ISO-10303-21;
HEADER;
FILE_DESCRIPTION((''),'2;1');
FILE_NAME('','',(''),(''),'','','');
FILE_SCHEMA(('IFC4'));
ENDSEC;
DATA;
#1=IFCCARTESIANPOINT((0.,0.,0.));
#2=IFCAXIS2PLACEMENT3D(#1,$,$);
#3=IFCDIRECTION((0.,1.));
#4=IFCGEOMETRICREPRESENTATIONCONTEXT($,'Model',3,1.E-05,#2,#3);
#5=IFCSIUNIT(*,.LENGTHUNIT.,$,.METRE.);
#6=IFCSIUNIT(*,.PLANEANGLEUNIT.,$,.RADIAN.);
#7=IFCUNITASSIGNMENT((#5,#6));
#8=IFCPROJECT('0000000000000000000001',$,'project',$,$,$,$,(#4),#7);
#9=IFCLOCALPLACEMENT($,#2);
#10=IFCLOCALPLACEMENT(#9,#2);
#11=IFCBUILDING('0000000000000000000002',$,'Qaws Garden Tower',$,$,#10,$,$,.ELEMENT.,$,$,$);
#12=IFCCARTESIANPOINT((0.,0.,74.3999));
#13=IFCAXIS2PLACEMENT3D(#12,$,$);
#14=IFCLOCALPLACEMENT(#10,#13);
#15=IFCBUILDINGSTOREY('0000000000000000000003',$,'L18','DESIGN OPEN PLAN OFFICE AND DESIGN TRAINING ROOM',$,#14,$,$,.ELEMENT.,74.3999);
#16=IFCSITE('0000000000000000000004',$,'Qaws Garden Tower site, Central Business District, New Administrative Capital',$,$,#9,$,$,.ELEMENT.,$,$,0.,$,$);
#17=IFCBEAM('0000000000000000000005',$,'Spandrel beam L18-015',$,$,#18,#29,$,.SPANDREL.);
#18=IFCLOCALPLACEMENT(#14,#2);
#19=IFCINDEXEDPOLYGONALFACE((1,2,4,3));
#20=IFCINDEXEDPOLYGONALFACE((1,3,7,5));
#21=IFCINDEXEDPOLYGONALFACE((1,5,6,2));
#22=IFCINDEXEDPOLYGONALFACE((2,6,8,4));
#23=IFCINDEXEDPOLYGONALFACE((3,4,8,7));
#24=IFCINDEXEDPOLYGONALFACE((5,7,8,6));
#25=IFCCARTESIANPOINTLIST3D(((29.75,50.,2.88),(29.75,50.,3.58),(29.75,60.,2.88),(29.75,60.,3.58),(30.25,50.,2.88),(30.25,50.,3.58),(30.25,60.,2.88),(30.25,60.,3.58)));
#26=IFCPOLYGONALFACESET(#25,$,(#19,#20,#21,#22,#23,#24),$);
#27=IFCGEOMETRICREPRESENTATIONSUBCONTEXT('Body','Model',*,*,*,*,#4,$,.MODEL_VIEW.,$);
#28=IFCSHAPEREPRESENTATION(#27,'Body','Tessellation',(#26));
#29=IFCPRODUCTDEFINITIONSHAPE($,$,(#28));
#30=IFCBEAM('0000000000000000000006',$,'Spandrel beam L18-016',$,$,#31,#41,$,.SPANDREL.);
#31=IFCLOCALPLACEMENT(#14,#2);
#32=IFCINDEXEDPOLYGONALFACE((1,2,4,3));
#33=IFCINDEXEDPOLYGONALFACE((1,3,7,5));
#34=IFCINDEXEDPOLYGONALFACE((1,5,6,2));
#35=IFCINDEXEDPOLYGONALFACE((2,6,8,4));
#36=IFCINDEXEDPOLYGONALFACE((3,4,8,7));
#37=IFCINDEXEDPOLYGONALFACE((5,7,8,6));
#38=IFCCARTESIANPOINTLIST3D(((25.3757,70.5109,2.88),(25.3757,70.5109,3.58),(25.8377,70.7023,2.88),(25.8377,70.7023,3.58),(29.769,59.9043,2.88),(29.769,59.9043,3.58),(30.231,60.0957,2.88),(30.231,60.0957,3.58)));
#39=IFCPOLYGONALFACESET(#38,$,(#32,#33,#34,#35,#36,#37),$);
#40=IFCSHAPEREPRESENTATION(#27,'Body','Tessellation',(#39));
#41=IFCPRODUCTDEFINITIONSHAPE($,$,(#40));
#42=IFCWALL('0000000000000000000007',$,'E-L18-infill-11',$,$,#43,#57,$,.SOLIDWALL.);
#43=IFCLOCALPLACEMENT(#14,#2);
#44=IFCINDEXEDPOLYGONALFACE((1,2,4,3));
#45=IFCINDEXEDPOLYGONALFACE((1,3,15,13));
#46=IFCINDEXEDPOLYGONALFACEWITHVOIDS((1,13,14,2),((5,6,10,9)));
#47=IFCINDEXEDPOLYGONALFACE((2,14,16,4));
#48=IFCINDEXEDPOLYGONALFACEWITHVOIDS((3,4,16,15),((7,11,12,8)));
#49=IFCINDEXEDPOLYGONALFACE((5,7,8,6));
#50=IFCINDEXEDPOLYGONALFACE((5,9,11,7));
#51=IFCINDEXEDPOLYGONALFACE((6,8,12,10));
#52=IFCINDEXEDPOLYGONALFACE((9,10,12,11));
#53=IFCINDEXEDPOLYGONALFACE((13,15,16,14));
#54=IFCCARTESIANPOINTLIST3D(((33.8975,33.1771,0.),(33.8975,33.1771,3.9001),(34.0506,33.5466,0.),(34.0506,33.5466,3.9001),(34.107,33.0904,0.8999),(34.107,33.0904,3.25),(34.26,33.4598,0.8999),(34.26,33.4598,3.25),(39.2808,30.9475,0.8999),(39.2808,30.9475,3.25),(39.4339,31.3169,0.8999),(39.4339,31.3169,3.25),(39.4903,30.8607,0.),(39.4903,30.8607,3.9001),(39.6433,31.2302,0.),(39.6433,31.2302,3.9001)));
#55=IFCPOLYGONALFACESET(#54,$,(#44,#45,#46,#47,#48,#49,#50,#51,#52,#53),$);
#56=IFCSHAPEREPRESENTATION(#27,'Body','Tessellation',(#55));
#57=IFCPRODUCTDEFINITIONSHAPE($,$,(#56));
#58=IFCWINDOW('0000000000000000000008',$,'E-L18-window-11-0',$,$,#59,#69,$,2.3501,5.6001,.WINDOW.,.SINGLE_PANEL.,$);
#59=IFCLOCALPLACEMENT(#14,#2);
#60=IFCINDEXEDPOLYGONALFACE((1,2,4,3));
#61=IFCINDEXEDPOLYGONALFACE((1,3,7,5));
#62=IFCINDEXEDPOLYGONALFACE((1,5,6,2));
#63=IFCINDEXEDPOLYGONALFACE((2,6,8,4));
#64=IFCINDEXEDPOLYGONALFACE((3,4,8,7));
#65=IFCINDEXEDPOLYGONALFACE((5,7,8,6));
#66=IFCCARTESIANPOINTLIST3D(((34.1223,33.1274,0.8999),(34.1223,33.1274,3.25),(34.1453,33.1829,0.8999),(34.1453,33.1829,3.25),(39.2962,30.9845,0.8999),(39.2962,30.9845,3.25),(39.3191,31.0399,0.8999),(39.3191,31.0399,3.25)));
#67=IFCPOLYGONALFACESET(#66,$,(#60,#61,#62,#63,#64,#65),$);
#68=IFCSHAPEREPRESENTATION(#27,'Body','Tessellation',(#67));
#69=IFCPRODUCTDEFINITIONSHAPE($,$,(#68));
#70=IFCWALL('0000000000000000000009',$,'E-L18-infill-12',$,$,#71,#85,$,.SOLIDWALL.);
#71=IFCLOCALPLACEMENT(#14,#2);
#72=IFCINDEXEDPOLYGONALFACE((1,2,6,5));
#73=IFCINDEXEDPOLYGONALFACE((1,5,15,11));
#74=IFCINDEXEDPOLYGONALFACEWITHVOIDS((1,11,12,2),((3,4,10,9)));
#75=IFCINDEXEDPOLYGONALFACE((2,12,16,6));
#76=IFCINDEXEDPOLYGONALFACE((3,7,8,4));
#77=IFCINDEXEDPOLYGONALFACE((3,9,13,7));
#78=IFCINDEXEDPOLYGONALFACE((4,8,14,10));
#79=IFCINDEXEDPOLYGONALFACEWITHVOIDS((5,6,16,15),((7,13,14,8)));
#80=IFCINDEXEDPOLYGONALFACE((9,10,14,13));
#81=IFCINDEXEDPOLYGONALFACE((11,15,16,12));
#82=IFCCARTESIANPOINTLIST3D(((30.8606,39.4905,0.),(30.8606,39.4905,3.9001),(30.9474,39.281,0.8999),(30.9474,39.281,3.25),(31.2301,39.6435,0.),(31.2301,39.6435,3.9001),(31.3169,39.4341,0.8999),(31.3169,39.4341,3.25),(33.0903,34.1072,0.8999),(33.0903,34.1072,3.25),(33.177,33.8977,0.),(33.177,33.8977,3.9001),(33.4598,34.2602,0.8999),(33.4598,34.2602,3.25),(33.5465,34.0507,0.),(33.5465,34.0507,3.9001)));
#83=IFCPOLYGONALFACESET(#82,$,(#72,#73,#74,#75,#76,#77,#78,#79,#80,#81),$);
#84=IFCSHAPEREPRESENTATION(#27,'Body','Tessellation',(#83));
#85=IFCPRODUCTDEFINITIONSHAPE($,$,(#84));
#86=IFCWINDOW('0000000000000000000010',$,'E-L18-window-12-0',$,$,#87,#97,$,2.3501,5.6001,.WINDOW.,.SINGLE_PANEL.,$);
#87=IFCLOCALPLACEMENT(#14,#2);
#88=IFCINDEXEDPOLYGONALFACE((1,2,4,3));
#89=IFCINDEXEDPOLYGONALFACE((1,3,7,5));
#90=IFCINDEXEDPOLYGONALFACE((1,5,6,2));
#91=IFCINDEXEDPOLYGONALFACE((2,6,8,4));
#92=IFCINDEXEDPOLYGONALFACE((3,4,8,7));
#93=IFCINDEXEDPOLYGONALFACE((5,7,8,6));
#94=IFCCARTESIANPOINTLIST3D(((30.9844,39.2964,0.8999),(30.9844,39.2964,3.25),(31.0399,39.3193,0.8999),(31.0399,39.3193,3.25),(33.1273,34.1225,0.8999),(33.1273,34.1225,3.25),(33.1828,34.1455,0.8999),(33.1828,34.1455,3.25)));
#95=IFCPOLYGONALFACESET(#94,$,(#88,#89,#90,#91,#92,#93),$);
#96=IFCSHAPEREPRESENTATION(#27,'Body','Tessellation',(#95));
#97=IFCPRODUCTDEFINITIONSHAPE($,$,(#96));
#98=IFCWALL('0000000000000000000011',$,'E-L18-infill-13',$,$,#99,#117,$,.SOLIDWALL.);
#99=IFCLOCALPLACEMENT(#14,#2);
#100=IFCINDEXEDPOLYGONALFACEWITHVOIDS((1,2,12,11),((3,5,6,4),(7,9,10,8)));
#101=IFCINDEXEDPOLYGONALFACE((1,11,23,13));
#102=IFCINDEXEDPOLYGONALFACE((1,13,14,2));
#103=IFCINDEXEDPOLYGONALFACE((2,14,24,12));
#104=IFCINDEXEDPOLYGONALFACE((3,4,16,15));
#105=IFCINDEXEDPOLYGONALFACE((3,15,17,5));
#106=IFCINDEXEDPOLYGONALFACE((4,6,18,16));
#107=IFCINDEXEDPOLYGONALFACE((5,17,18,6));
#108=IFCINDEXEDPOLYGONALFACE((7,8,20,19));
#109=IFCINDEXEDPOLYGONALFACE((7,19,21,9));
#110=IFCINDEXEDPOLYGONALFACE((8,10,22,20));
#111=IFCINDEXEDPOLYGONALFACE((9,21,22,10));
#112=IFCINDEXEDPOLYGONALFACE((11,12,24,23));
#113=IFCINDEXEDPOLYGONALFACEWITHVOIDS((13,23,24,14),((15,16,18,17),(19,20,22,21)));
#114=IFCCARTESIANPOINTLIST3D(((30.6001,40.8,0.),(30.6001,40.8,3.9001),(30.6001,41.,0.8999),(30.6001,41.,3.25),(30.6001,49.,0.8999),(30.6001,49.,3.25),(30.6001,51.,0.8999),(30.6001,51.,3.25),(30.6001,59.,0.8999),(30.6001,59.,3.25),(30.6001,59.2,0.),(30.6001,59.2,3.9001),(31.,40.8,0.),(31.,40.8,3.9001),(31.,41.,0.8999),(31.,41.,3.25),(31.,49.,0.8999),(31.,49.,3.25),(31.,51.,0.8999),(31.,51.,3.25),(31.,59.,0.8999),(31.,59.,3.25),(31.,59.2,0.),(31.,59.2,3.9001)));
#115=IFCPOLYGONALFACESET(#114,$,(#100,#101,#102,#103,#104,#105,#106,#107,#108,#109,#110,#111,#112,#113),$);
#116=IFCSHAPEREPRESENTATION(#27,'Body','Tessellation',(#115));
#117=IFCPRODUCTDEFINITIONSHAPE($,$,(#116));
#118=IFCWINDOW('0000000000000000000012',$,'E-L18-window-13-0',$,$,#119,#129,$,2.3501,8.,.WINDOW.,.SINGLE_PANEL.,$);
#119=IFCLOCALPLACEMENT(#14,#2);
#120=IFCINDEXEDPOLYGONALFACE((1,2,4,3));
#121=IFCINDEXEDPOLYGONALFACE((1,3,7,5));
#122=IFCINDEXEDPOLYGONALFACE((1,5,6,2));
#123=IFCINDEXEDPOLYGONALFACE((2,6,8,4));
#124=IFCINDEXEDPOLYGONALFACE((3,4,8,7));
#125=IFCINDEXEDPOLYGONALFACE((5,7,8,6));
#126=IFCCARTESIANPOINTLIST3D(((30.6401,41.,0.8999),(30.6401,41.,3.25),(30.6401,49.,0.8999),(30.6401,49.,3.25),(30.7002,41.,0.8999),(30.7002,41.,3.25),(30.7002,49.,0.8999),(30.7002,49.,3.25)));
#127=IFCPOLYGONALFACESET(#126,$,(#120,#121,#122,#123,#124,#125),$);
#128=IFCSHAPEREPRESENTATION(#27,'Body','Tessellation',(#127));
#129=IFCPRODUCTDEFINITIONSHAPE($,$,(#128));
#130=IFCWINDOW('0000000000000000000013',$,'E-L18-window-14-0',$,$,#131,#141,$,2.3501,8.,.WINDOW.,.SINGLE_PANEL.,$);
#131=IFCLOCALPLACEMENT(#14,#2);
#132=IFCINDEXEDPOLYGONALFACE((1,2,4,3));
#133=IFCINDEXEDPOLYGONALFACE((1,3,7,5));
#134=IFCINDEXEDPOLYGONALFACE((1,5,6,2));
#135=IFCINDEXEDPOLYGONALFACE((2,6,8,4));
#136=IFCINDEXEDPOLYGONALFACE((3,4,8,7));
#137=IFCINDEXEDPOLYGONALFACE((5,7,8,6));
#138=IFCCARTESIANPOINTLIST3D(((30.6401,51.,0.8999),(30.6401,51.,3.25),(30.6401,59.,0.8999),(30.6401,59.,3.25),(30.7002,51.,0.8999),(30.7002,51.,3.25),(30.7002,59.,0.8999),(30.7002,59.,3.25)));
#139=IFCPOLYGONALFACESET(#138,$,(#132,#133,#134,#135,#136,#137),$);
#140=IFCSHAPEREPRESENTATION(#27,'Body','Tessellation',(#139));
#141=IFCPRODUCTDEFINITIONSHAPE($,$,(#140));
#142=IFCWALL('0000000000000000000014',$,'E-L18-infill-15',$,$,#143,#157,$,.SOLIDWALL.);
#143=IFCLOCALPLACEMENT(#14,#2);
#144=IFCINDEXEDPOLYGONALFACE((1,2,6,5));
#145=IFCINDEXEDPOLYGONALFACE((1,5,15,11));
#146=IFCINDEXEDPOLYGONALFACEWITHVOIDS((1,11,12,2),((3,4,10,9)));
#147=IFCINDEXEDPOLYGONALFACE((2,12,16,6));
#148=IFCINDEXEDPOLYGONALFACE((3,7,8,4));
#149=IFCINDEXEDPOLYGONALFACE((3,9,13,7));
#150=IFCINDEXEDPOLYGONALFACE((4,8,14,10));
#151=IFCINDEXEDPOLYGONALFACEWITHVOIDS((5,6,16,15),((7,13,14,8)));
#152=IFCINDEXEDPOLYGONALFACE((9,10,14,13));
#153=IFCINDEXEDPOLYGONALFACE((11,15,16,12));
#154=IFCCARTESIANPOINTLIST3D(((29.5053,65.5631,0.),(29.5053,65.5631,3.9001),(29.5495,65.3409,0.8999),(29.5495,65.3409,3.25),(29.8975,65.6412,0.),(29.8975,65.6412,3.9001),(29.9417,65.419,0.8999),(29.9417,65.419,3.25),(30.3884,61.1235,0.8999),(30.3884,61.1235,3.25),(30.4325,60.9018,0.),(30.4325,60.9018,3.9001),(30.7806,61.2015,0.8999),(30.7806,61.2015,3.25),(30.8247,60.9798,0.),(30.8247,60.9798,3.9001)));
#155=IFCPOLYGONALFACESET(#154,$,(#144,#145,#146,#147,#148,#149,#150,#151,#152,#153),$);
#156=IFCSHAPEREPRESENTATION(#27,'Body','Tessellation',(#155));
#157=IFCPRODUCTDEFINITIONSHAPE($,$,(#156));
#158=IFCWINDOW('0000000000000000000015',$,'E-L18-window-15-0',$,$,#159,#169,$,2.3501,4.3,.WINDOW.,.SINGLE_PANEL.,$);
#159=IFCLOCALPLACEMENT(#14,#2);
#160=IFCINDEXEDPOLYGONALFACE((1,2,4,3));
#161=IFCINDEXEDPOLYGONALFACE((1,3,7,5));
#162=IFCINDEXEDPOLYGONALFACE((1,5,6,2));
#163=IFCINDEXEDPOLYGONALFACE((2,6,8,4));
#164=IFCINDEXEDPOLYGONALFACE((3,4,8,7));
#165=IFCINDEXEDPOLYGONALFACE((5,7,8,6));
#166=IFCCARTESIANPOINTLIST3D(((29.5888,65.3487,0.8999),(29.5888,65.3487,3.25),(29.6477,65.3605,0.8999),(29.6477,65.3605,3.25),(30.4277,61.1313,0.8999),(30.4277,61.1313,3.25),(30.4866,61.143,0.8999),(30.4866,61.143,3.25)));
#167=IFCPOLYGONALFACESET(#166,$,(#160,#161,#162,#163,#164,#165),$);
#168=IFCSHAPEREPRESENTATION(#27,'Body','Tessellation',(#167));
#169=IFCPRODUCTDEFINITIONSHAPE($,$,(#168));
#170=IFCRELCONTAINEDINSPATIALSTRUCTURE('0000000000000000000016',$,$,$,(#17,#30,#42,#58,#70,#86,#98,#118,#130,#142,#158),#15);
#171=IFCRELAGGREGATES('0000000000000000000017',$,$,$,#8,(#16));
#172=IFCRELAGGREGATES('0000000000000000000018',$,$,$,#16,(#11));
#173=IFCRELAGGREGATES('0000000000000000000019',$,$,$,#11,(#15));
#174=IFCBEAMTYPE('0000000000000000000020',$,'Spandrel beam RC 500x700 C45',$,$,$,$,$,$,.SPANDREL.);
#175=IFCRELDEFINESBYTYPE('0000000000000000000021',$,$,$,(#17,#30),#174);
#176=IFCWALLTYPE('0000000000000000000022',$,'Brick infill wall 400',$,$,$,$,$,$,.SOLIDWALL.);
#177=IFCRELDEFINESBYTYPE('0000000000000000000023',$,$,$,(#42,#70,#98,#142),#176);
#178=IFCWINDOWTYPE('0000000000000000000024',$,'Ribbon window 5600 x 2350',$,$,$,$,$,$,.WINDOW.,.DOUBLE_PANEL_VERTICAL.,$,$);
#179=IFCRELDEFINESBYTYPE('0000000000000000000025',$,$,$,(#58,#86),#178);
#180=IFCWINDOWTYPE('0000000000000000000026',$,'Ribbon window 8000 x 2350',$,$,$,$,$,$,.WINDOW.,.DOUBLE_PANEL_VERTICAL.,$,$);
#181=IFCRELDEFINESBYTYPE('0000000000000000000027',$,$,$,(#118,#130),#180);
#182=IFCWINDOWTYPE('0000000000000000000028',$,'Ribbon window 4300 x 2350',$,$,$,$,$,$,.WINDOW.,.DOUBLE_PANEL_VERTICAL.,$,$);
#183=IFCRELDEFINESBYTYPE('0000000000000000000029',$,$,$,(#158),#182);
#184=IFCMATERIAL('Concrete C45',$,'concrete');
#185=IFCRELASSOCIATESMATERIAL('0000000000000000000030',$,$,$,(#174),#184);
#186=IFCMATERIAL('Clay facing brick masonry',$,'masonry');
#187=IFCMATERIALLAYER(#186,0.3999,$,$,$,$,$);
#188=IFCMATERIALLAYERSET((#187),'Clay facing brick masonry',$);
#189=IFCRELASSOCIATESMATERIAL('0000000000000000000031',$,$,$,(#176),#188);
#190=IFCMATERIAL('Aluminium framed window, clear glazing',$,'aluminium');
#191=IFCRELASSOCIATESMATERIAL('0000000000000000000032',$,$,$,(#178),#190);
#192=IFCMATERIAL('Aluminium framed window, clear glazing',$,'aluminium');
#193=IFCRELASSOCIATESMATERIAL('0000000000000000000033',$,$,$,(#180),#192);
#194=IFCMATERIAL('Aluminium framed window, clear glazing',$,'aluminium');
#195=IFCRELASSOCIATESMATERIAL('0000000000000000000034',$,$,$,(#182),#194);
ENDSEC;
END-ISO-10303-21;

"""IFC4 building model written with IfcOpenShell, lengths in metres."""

from ifc_helpers import new_model, si_unit, direction, frame, frame_2d, origin, origin_2d, place, context, subcontext, project, spatial, rectangle, extrude, material, layer, layer_set, material_profile, profile_set, type_object, element, fill, save


model = new_model("IFC4")

# Units and contexts
model_context = context("Model", 3, precision=1e-05, world=origin(), true_north=direction((0.0, 1.0)))
body_context = subcontext(model_context, "Body", "Model", "MODEL_VIEW")
ifc_project = project(units=[si_unit("LENGTHUNIT", "METRE"), si_unit("PLANEANGLEUNIT", "RADIAN")], contexts=[model_context])

# Site, building, storey
site_placement = place(None, origin())
site = spatial("IfcSite", under=ifc_project, at=site_placement, Name="Qaws Garden Tower site, Central Business District, New Administrative Capital", CompositionType="ELEMENT", RefElevation=0.0)
building_placement = place(site_placement, origin())
building = spatial("IfcBuilding", under=site, at=building_placement, Name="Qaws Garden Tower", CompositionType="ELEMENT")
storey_placement = place(building_placement, frame((0.0, 0.0, 74.3999)))
storey = spatial("IfcBuildingStorey", under=building, at=storey_placement, Name="L18", Description="DESIGN OPEN PLAN OFFICE AND DESIGN TRAINING ROOM", CompositionType="ELEMENT", Elevation=74.3999)

# Beams
ifc_material_1 = material(Name="Concrete C45", Category="concrete")
ifc_material_profile_1 = material_profile(ifc_material_1, rectangle(XDim=0.5, YDim=0.7, at=origin_2d()), Name="RC 500x700")
ifc_profile_set_1 = profile_set([ifc_material_profile_1], Name="Concrete C45")
beam_type = type_object("IfcBeamType", Name="Spandrel beam RC 500x700 C45", PredefinedType="SPANDREL", material=ifc_profile_set_1)
beam_1_placement = place(storey_placement, frame((30.0, 50.0, 3.23), z_axis=(0.0, 1.0, 0.0), x_axis=(-1.0, 0.0, 0.0)))
element("IfcBeam", 1, at=beam_1_placement, inside=storey, type_object=beam_type, Name="Spandrel beam L18-015", PredefinedType="SPANDREL", context=body_context, shape_type="SweptSolid", body=[
    extrude(rectangle(XDim=0.5, YDim=0.7, at=origin_2d()), origin(), (0.0, 0.0, 1.0), 10.0),
])
beam_2_placement = place(storey_placement, frame((30.0, 60.0, 3.23), z_axis=(-0.382674, 0.923883, 0.0), x_axis=(-0.923883, -0.382674, 0.0)))
element("IfcBeam", 2, at=beam_2_placement, inside=storey, type_object=beam_type, Name="Spandrel beam L18-016", PredefinedType="SPANDREL", context=body_context, shape_type="SweptSolid", body=[
    extrude(rectangle(XDim=0.5, YDim=0.7, at=origin_2d()), origin(), (0.0, 0.0, 1.0), 11.4805),
])

# Walls, openings, windows
ifc_material_2 = material(Name="Clay facing brick masonry", Category="masonry")
ifc_layer_1 = layer(ifc_material_2, 0.3999)
ifc_layer_set_1 = layer_set([ifc_layer_1], Name="Clay facing brick masonry")
wall_type_1 = type_object("IfcWallType", Name="Brick infill wall 400", PredefinedType="SOLIDWALL", material=ifc_layer_set_1)
wall_1_placement = place(storey_placement, frame((39.5669, 31.0454, 0.0), z_axis=(0.0, 0.0, 1.0), x_axis=(-0.923891, 0.382656, 0.0)))
wall_1 = element("IfcWall", 3, at=wall_1_placement, inside=storey, type_object=wall_type_1, Name="E-L18-infill-11", PredefinedType="SOLIDWALL", context=body_context, shape_type="SweptSolid", body=[
    extrude(rectangle(XDim=6.0535, YDim=0.3999, at=frame_2d((3.0269, 0.0))), origin(), (0.0, 0.0, 1.0), 3.9001),
])
opening_1_placement = place(wall_1_placement, frame((0.2268, 0.0, 0.8999)))
opening_1 = element("IfcOpeningElement", 4, at=opening_1_placement, cuts=wall_1, PredefinedType="OPENING", context=body_context, shape_type="SweptSolid", body=[
    extrude(rectangle(XDim=5.6001, YDim=2.3501, at=frame_2d((2.8, 1.175))), frame((0.0, 0.21, 0.0), z_axis=(0.0, -1.0, 0.0), x_axis=(1.0, 0.0, 0.0)), (0.0, 0.0, 1.0), 0.4199),
])
ifc_material_3 = material(Name="Aluminium framed window, clear glazing", Category="aluminium")
window_type_1 = type_object("IfcWindowType", Name="Ribbon window 5600 x 2350", PartitioningType="DOUBLE_PANEL_VERTICAL", PredefinedType="WINDOW", material=ifc_material_3)
window_1_placement = place(opening_1_placement, origin())
window_1 = element("IfcWindow", 5, at=window_1_placement, inside=storey, type_object=window_type_1, Name="E-L18-window-11-0", OverallHeight=2.3501, OverallWidth=5.6001, PartitioningType="SINGLE_PANEL", PredefinedType="WINDOW", context=body_context, shape_type="SweptSolid", body=[
    extrude(rectangle(XDim=5.6001, YDim=2.3501, at=frame_2d((2.8, 1.175))), frame((0.0, 0.1599, 0.0), z_axis=(0.0, -1.0, 0.0), x_axis=(1.0, 0.0, 0.0)), (0.0, 0.0, 1.0), 0.0601),
])
fill(opening_1, window_1)
wall_2_placement = place(storey_placement, frame((33.3618, 33.9741, 0.0), z_axis=(0.0, 0.0, 1.0), x_axis=(-0.382656, 0.923891, 0.0)))
wall_2 = element("IfcWall", 6, at=wall_2_placement, inside=storey, type_object=wall_type_1, Name="E-L18-infill-12", PredefinedType="SOLIDWALL", context=body_context, shape_type="SweptSolid", body=[
    extrude(rectangle(XDim=6.0535, YDim=0.3999, at=frame_2d((3.0269, 0.0))), origin(), (0.0, 0.0, 1.0), 3.9001),
])
opening_2_placement = place(wall_2_placement, frame((0.2268, 0.0, 0.8999)))
opening_2 = element("IfcOpeningElement", 7, at=opening_2_placement, cuts=wall_2, PredefinedType="OPENING", context=body_context, shape_type="SweptSolid", body=[
    extrude(rectangle(XDim=5.6001, YDim=2.3501, at=frame_2d((2.8, 1.175))), frame((0.0, 0.21, 0.0), z_axis=(0.0, -1.0, 0.0), x_axis=(1.0, 0.0, 0.0)), (0.0, 0.0, 1.0), 0.4199),
])
window_2_placement = place(opening_2_placement, origin())
window_2 = element("IfcWindow", 8, at=window_2_placement, inside=storey, type_object=window_type_1, Name="E-L18-window-12-0", OverallHeight=2.3501, OverallWidth=5.6001, PartitioningType="SINGLE_PANEL", PredefinedType="WINDOW", context=body_context, shape_type="SweptSolid", body=[
    extrude(rectangle(XDim=5.6001, YDim=2.3501, at=frame_2d((2.8, 1.175))), frame((0.0, 0.1599, 0.0), z_axis=(0.0, -1.0, 0.0), x_axis=(1.0, 0.0, 0.0)), (0.0, 0.0, 1.0), 0.0601),
])
fill(opening_2, window_2)

# Wall, openings, windows
wall_3_placement = place(storey_placement, frame((30.8, 40.8, 0.0), z_axis=(0.0, 0.0, 1.0), x_axis=(0.0, 1.0, 0.0)))
wall_3 = element("IfcWall", 9, at=wall_3_placement, inside=storey, type_object=wall_type_1, Name="E-L18-infill-13", PredefinedType="SOLIDWALL", context=body_context, shape_type="SweptSolid", body=[
    extrude(rectangle(XDim=18.3999, YDim=0.3999, at=frame_2d((9.2, 0.0))), origin(), (0.0, 0.0, 1.0), 3.9001),
])
opening_3_placement = place(wall_3_placement, frame((0.2, 0.0, 0.8999)))
opening_3 = element("IfcOpeningElement", 10, at=opening_3_placement, cuts=wall_3, PredefinedType="OPENING", context=body_context, shape_type="SweptSolid", body=[
    extrude(rectangle(XDim=8.0, YDim=2.3501, at=frame_2d((4.0, 1.175))), frame((0.0, 0.21, 0.0), z_axis=(0.0, -1.0, 0.0), x_axis=(1.0, 0.0, 0.0)), (0.0, 0.0, 1.0), 0.4199),
])
opening_4_placement = place(wall_3_placement, frame((10.2, 0.0, 0.8999)))
opening_4 = element("IfcOpeningElement", 11, at=opening_4_placement, cuts=wall_3, PredefinedType="OPENING", context=body_context, shape_type="SweptSolid", body=[
    extrude(rectangle(XDim=8.0, YDim=2.3501, at=frame_2d((4.0, 1.175))), frame((0.0, 0.21, 0.0), z_axis=(0.0, -1.0, 0.0), x_axis=(1.0, 0.0, 0.0)), (0.0, 0.0, 1.0), 0.4199),
])
ifc_material_4 = material(Name="Aluminium framed window, clear glazing", Category="aluminium")
window_type_2 = type_object("IfcWindowType", Name="Ribbon window 8000 x 2350", PartitioningType="DOUBLE_PANEL_VERTICAL", PredefinedType="WINDOW", material=ifc_material_4)
window_3_placement = place(opening_3_placement, origin())
window_3 = element("IfcWindow", 12, at=window_3_placement, inside=storey, type_object=window_type_2, Name="E-L18-window-13-0", OverallHeight=2.3501, OverallWidth=8.0, PartitioningType="SINGLE_PANEL", PredefinedType="WINDOW", context=body_context, shape_type="SweptSolid", body=[
    extrude(rectangle(XDim=8.0, YDim=2.3501, at=frame_2d((4.0, 1.175))), frame((0.0, 0.1599, 0.0), z_axis=(0.0, -1.0, 0.0), x_axis=(1.0, 0.0, 0.0)), (0.0, 0.0, 1.0), 0.0601),
])
fill(opening_3, window_3)
window_4_placement = place(opening_4_placement, origin())
window_4 = element("IfcWindow", 13, at=window_4_placement, inside=storey, type_object=window_type_2, Name="E-L18-window-14-0", OverallHeight=2.3501, OverallWidth=8.0, PartitioningType="SINGLE_PANEL", PredefinedType="WINDOW", context=body_context, shape_type="SweptSolid", body=[
    extrude(rectangle(XDim=8.0, YDim=2.3501, at=frame_2d((4.0, 1.175))), frame((0.0, 0.1599, 0.0), z_axis=(0.0, -1.0, 0.0), x_axis=(1.0, 0.0, 0.0)), (0.0, 0.0, 1.0), 0.0601),
])
fill(opening_4, window_4)

# Wall, opening, window
wall_4_placement = place(storey_placement, frame((30.6287, 60.9407, 0.0), z_axis=(0.0, 0.0, 1.0), x_axis=(-0.195099, 0.980784, 0.0)))
wall_4 = element("IfcWall", 14, at=wall_4_placement, inside=storey, type_object=wall_type_1, Name="E-L18-infill-15", PredefinedType="SOLIDWALL", context=body_context, shape_type="SweptSolid", body=[
    extrude(rectangle(XDim=4.7527, YDim=0.3999, at=frame_2d((2.3765, 0.0))), origin(), (0.0, 0.0, 1.0), 3.9001),
])
opening_5_placement = place(wall_4_placement, frame((0.2263, 0.0, 0.8999)))
opening_5 = element("IfcOpeningElement", 15, at=opening_5_placement, cuts=wall_4, PredefinedType="OPENING", context=body_context, shape_type="SweptSolid", body=[
    extrude(rectangle(XDim=4.3, YDim=2.3501, at=frame_2d((2.1499, 1.175))), frame((0.0, 0.21, 0.0), z_axis=(0.0, -1.0, 0.0), x_axis=(1.0, 0.0, 0.0)), (0.0, 0.0, 1.0), 0.4199),
])
ifc_material_5 = material(Name="Aluminium framed window, clear glazing", Category="aluminium")
window_type_3 = type_object("IfcWindowType", Name="Ribbon window 4300 x 2350", PartitioningType="DOUBLE_PANEL_VERTICAL", PredefinedType="WINDOW", material=ifc_material_5)
window_5_placement = place(opening_5_placement, origin())
window_5 = element("IfcWindow", 16, at=window_5_placement, inside=storey, type_object=window_type_3, Name="E-L18-window-15-0", OverallHeight=2.3501, OverallWidth=4.3, PartitioningType="SINGLE_PANEL", PredefinedType="WINDOW", context=body_context, shape_type="SweptSolid", body=[
    extrude(rectangle(XDim=4.3, YDim=2.3501, at=frame_2d((2.1499, 1.175))), frame((0.0, 0.1599, 0.0), z_axis=(0.0, -1.0, 0.0), x_axis=(1.0, 0.0, 0.0)), (0.0, 0.0, 1.0), 0.0601),
])
fill(opening_5, window_5)

save(model, "model.ifc")
